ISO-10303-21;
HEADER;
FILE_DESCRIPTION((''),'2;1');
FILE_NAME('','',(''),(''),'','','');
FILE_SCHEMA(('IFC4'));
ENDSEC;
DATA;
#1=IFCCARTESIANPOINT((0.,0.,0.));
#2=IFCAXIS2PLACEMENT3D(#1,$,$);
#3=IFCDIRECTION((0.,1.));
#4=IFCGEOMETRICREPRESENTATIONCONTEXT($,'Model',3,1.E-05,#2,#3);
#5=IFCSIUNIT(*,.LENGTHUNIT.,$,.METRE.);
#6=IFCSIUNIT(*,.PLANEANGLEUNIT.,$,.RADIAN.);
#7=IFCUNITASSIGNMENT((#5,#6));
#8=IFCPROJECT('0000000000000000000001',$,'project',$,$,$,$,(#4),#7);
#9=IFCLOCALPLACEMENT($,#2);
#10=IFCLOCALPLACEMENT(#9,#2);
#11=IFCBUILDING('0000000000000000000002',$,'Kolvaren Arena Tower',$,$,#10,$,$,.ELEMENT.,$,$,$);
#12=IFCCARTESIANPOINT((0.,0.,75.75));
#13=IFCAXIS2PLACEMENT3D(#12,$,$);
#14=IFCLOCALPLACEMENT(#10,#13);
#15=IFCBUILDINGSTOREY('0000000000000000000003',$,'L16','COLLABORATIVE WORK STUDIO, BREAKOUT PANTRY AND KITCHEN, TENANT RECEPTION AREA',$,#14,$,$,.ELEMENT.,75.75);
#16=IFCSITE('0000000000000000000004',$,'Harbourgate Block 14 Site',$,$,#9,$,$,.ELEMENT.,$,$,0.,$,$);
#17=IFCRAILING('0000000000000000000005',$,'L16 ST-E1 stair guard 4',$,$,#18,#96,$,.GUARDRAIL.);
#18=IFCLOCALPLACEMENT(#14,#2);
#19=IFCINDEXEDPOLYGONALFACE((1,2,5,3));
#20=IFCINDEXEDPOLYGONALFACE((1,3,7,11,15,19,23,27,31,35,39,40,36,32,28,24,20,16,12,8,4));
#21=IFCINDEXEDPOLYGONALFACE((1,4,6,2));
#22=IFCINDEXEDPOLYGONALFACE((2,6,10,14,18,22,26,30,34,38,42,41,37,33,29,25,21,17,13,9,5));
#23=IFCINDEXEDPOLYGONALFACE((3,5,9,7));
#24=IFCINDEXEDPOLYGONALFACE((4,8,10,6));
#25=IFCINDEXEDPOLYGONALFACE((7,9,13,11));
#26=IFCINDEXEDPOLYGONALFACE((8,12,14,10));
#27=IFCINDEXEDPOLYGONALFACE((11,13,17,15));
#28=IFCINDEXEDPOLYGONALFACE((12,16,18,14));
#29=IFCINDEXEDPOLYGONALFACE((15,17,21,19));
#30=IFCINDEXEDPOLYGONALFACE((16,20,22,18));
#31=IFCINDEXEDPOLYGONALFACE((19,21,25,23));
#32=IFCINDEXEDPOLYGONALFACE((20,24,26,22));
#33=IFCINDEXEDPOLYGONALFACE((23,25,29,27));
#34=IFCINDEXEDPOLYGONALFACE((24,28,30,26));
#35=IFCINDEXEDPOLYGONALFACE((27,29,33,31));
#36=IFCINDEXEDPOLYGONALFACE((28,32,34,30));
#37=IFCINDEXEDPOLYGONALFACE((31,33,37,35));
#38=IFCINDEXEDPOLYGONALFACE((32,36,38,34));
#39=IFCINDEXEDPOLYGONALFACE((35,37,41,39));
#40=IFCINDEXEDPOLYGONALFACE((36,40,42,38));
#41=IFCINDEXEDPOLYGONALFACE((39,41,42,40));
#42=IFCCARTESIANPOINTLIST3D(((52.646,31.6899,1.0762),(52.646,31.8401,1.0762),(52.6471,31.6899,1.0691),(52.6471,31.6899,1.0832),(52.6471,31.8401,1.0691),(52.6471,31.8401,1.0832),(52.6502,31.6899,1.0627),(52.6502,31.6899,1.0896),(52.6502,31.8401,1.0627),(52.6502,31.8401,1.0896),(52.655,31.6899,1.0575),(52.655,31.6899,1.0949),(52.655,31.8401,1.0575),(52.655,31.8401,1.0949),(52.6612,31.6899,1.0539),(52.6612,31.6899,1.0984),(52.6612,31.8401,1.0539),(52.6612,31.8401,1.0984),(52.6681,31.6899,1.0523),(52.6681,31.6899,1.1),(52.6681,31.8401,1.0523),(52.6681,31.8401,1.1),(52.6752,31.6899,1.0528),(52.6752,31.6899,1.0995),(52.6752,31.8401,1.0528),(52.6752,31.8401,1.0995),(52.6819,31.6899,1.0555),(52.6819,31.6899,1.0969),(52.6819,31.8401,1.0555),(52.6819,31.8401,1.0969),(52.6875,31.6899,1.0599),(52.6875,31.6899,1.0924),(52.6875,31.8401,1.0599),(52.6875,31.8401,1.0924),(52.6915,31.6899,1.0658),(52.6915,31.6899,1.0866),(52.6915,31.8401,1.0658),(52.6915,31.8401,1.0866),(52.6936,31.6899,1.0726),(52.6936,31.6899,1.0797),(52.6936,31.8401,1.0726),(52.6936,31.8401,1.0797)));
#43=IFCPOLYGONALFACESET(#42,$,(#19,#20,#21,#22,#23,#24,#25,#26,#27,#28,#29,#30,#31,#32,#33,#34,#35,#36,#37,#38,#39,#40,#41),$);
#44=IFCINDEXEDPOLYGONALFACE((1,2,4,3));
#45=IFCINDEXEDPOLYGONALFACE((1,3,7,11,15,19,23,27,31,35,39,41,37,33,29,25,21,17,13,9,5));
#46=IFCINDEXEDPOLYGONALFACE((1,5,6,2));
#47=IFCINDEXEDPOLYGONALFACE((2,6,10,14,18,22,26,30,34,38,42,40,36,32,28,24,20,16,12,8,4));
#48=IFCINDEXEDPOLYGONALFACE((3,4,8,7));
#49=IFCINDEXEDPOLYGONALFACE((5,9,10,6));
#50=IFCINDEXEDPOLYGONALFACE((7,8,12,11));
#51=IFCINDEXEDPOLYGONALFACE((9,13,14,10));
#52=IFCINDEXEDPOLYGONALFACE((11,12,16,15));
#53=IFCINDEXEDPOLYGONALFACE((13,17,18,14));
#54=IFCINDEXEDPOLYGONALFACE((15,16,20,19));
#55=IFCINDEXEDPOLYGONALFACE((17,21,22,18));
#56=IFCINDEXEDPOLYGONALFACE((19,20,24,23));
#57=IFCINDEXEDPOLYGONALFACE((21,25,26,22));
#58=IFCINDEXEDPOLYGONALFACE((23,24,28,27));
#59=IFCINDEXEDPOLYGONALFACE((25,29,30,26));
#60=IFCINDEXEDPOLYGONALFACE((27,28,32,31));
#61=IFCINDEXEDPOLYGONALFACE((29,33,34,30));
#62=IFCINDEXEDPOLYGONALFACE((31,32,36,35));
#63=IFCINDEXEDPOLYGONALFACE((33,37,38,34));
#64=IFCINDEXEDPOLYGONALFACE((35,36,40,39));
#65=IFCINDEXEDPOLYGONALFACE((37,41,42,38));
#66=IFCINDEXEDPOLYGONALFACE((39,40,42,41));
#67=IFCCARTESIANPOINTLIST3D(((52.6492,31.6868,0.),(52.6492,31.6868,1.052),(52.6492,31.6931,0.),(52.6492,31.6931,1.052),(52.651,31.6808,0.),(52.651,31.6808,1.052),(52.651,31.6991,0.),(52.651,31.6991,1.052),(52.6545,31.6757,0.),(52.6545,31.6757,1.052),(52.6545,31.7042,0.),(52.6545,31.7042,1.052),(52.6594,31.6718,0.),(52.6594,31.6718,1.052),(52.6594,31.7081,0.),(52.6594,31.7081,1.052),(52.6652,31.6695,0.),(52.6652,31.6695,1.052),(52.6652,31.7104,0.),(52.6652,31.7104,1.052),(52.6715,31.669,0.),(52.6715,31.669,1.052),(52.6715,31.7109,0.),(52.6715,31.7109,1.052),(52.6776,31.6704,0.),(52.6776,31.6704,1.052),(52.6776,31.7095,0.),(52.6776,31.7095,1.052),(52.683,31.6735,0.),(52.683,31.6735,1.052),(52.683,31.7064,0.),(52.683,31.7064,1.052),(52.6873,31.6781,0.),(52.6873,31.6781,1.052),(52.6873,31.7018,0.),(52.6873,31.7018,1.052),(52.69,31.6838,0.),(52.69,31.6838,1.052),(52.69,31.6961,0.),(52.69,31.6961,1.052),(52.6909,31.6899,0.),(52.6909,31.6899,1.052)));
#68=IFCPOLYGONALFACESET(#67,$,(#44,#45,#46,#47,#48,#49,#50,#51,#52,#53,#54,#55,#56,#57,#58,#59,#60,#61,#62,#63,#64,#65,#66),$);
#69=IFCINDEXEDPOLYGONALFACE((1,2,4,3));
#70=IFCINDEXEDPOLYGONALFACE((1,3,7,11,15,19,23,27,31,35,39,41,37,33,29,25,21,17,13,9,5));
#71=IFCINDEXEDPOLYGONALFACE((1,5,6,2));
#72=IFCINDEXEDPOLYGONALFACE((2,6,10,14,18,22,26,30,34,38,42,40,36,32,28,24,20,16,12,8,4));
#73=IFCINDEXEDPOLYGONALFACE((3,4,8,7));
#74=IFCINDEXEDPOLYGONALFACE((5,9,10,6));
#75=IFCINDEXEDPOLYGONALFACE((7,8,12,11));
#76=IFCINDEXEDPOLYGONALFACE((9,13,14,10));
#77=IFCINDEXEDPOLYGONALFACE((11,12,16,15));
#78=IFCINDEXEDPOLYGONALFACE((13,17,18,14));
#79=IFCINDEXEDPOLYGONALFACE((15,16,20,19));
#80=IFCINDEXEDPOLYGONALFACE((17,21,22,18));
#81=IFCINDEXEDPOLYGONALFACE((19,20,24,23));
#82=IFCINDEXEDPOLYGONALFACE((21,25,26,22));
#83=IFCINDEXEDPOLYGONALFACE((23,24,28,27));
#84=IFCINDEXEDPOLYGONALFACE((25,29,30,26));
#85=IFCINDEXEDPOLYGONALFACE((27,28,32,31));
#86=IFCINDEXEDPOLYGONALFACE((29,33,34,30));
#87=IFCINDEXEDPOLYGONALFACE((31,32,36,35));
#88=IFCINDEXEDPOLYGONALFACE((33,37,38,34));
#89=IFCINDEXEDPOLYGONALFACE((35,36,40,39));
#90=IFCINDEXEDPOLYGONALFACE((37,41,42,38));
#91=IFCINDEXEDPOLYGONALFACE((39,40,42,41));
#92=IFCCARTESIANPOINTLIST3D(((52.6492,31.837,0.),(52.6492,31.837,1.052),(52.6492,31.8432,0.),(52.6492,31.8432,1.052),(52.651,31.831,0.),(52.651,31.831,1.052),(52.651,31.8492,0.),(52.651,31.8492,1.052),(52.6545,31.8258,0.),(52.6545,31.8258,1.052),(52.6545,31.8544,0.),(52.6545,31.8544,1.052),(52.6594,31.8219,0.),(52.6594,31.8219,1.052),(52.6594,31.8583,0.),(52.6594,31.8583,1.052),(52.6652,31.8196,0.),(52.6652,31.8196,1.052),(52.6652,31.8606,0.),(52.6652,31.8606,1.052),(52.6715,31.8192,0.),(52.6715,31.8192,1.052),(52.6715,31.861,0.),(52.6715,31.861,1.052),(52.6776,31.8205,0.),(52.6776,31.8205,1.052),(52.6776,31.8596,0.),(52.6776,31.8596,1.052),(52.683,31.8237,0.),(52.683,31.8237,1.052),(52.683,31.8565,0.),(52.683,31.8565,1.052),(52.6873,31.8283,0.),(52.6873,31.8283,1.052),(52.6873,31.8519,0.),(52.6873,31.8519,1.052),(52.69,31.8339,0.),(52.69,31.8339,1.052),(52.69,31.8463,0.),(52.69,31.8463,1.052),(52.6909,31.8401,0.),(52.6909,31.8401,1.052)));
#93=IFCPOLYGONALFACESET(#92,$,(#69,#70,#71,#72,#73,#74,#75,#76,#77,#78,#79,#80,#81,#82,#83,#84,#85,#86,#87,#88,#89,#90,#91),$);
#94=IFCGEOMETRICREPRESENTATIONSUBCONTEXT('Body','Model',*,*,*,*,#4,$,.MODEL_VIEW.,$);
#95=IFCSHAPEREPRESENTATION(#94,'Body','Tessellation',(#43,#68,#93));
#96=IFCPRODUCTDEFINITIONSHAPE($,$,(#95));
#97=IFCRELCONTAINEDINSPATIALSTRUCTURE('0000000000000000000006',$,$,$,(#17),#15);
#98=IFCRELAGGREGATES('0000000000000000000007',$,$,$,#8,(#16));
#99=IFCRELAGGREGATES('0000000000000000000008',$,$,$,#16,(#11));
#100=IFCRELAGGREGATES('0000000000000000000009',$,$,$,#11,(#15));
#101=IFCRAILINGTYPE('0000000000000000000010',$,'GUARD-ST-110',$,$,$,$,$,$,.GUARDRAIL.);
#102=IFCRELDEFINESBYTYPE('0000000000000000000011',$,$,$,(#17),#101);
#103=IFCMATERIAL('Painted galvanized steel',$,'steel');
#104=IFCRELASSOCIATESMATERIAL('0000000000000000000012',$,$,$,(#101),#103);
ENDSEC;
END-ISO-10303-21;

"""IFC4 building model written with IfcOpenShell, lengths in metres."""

from ifc_helpers import new_model, si_unit, direction, frame, origin, origin_2d, place, context, subcontext, project, spatial, circle, extrude, material, type_object, element, save


model = new_model("IFC4")

# Units and contexts
model_context = context("Model", 3, precision=1e-05, world=origin(), true_north=direction((0.0, 1.0)))
body_context = subcontext(model_context, "Body", "Model", "MODEL_VIEW")
ifc_project = project(units=[si_unit("LENGTHUNIT", "METRE"), si_unit("PLANEANGLEUNIT", "RADIAN")], contexts=[model_context])

# Site, building, storey
site_placement = place(None, origin())
site = spatial("IfcSite", under=ifc_project, at=site_placement, Name="Harbourgate Block 14 Site", CompositionType="ELEMENT", RefElevation=0.0)
building_placement = place(site_placement, origin())
building = spatial("IfcBuilding", under=site, at=building_placement, Name="Kolvaren Arena Tower", CompositionType="ELEMENT")
storey_placement = place(building_placement, frame((0.0, 0.0, 75.75)))
storey = spatial("IfcBuildingStorey", under=building, at=storey_placement, Name="L16", Description="COLLABORATIVE WORK STUDIO, BREAKOUT PANTRY AND KITCHEN, TENANT RECEPTION AREA", CompositionType="ELEMENT", Elevation=75.75)

# Railing
ifc_material_1 = material(Name="Painted galvanized steel", Category="steel")
railing_type_1 = type_object("IfcRailingType", Name="GUARD-ST-110", PredefinedType="GUARDRAIL", material=ifc_material_1)
railing_1_placement = place(storey_placement, frame((52.6699, 31.6899, 0.0)))
element("IfcRailing", 1, at=railing_1_placement, inside=storey, type_object=railing_type_1, Name="L16 ST-E1 stair guard 4", PredefinedType="GUARDRAIL", context=body_context, shape_type="SweptSolid", body=[
    extrude(circle(Radius=0.0239, at=origin_2d()), frame((0.0, 0.0, 1.0762), z_axis=(0.0, 1.0, 0.0), x_axis=(-1.0, 0.0, 0.0)), (0.0, 0.0, 1.0), 0.1501),
    extrude(circle(Radius=0.021, at=origin_2d()), origin(), (0.0, 0.0, 1.0), 1.052),
    extrude(circle(Radius=0.021, at=origin_2d()), frame((0.0, 0.1501, 0.0)), (0.0, 0.0, 1.0), 1.052),
])

save(model, "model.ifc")
